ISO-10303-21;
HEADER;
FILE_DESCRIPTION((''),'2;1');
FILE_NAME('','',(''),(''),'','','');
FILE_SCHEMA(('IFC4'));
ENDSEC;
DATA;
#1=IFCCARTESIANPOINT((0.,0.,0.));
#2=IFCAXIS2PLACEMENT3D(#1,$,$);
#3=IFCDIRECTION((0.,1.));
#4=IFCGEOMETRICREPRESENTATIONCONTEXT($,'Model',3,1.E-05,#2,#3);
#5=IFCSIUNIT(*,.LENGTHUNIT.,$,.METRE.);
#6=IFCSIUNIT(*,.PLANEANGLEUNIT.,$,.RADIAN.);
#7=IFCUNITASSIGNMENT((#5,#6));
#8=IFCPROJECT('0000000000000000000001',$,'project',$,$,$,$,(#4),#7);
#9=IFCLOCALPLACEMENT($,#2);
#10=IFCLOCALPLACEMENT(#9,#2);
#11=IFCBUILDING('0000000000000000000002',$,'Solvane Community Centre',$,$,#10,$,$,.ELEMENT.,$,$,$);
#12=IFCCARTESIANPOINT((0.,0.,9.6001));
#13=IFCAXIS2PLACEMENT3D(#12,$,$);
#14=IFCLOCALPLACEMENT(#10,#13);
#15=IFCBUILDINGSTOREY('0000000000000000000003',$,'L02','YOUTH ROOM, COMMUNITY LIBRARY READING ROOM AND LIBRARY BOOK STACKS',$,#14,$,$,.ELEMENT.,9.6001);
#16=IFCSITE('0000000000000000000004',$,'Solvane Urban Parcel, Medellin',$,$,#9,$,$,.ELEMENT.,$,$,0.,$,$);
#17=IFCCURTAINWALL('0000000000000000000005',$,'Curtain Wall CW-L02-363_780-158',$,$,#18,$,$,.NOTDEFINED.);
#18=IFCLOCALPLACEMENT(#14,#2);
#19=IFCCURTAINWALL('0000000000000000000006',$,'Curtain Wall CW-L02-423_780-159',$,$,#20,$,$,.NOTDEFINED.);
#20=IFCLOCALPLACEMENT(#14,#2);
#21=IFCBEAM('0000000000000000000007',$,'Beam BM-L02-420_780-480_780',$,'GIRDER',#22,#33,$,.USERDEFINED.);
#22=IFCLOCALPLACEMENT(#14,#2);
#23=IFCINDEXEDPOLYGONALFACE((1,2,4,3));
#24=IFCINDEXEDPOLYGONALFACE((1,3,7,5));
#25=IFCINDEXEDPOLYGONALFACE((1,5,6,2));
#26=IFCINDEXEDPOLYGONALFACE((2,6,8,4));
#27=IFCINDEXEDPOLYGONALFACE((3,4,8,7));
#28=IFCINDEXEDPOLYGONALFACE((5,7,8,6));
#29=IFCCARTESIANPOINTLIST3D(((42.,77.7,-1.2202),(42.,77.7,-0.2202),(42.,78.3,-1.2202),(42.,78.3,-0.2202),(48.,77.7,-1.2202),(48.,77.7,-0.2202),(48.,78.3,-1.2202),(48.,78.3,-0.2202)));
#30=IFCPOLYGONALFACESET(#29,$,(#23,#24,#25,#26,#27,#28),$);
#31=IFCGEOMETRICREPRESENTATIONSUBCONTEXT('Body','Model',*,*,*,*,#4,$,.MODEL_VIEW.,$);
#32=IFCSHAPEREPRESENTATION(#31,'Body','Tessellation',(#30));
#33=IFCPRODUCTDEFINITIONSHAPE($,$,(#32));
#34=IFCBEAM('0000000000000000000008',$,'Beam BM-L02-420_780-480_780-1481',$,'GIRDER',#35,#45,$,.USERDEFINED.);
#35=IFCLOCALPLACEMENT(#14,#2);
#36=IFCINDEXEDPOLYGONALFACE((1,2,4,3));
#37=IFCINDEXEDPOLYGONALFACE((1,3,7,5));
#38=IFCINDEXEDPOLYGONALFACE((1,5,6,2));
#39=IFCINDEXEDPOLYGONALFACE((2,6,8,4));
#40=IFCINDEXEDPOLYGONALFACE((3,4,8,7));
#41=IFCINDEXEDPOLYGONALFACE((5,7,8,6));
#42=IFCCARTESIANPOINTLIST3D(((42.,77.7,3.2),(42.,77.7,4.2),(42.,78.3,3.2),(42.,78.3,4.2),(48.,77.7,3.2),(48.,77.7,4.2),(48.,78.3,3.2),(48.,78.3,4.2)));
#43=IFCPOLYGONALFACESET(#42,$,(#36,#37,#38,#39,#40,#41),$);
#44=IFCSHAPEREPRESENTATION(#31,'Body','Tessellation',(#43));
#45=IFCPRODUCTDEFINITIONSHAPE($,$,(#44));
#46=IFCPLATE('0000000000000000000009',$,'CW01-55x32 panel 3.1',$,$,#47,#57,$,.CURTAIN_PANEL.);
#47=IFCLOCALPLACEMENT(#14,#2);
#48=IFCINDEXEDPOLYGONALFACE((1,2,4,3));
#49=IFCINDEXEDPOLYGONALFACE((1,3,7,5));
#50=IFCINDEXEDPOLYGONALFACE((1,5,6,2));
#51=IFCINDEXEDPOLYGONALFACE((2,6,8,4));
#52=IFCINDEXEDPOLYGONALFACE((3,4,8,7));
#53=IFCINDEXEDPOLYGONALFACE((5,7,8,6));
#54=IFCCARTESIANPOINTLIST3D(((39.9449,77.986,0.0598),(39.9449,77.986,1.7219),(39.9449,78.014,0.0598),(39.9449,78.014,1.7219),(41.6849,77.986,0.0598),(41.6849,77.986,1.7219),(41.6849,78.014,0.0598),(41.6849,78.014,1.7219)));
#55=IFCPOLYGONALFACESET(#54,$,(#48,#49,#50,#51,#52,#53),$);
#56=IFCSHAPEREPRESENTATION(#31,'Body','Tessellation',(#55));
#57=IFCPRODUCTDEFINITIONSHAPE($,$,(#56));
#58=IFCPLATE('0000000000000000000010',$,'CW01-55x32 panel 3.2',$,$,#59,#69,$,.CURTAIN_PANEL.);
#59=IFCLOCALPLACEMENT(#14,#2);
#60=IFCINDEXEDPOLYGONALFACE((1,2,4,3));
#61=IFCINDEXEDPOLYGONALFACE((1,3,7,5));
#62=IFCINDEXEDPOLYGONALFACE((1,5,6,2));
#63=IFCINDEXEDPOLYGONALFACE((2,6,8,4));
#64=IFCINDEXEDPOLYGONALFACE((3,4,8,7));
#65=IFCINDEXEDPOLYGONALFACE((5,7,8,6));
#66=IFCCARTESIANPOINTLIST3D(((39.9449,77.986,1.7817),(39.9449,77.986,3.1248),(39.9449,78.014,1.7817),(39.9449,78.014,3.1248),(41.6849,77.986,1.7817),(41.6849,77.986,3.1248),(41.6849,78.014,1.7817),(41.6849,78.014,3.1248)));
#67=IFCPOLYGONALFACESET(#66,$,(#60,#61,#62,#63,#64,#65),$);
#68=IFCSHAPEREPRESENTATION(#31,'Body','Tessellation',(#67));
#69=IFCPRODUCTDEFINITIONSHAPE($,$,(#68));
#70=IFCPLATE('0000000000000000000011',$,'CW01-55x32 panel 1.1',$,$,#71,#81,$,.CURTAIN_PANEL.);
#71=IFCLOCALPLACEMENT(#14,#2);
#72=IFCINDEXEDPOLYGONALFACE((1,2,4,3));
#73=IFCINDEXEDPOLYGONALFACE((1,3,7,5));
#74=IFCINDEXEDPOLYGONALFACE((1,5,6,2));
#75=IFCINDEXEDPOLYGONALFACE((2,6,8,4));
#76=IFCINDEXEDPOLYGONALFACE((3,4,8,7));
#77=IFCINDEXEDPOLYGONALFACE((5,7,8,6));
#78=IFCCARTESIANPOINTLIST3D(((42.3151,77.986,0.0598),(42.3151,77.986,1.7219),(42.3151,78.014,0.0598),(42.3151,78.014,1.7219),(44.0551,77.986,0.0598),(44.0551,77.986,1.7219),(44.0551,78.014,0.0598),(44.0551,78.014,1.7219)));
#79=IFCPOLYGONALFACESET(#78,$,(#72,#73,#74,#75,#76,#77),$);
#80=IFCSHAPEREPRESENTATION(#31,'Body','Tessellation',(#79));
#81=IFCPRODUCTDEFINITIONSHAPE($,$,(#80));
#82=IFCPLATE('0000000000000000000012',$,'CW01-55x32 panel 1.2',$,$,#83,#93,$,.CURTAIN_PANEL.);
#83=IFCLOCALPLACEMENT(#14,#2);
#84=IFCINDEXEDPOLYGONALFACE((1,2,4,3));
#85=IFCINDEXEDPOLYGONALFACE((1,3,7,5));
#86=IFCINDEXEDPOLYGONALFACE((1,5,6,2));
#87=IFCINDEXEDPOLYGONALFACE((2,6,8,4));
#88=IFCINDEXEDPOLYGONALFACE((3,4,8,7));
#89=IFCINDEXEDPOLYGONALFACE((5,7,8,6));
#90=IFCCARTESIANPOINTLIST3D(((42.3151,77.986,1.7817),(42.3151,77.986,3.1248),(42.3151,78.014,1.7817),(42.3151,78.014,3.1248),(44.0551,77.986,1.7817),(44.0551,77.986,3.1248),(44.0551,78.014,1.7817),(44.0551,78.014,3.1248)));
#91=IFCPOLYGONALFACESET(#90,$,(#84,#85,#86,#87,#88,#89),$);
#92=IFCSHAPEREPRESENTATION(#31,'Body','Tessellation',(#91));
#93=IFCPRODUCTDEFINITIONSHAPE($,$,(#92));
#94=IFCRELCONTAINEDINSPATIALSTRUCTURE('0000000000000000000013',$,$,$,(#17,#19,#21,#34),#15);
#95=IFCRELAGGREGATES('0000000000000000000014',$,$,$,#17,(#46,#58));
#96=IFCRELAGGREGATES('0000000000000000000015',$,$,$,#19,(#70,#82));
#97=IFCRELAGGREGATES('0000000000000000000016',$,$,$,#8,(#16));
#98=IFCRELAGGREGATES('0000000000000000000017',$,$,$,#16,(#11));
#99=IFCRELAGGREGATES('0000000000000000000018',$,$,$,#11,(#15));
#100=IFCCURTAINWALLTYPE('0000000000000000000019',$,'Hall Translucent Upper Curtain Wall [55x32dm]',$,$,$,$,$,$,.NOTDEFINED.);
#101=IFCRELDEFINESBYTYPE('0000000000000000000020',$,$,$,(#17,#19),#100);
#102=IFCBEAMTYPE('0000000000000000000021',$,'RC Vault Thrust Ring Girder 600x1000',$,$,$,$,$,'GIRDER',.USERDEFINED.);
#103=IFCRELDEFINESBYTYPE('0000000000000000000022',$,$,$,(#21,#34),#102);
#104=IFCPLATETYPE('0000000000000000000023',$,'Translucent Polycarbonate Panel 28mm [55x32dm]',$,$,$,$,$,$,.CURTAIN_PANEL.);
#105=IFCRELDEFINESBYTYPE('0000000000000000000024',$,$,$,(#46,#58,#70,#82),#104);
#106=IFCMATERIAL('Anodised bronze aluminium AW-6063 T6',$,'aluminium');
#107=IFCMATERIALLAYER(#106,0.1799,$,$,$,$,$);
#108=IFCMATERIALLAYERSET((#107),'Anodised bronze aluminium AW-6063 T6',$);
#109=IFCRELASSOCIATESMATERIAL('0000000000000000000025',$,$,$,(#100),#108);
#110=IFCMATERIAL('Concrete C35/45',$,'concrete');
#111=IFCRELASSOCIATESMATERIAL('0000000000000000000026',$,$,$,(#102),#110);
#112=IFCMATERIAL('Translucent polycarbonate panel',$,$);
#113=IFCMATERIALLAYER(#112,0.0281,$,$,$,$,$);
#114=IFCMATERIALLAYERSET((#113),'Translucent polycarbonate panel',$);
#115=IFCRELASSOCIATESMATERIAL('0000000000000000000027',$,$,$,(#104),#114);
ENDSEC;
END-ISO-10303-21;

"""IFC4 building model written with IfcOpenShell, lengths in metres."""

from ifc_helpers import new_model, si_unit, direction, frame, origin, origin_2d, place, context, subcontext, project, spatial, rectangle, extrude, material, layer, layer_set, material_profile, profile_set, type_object, element, aggregate, save


model = new_model("IFC4")

# Units and contexts
model_context = context("Model", 3, precision=1e-05, world=origin(), true_north=direction((0.0, 1.0)))
body_context = subcontext(model_context, "Body", "Model", "MODEL_VIEW")
ifc_project = project(units=[si_unit("LENGTHUNIT", "METRE"), si_unit("PLANEANGLEUNIT", "RADIAN")], contexts=[model_context])

# Site, building, storey
site_placement = place(None, origin())
site = spatial("IfcSite", under=ifc_project, at=site_placement, Name="Solvane Urban Parcel, Medellin", CompositionType="ELEMENT", RefElevation=0.0)
building_placement = place(site_placement, origin())
building = spatial("IfcBuilding", under=site, at=building_placement, Name="Solvane Community Centre", CompositionType="ELEMENT")
storey_placement = place(building_placement, frame((0.0, 0.0, 9.6001)))
storey = spatial("IfcBuildingStorey", under=building, at=storey_placement, Name="L02", Description="YOUTH ROOM, COMMUNITY LIBRARY READING ROOM AND LIBRARY BOOK STACKS", CompositionType="ELEMENT", Elevation=9.6001)

# Curtain walls
ifc_material_1 = material(Name="Anodised bronze aluminium AW-6063 T6", Category="aluminium")
ifc_layer_1 = layer(ifc_material_1, 0.1799)
ifc_layer_set_1 = layer_set([ifc_layer_1], Name="Anodised bronze aluminium AW-6063 T6")
curtain_wall_type = type_object("IfcCurtainWallType", Name="Hall Translucent Upper Curtain Wall [55x32dm]", PredefinedType="NOTDEFINED", material=ifc_layer_set_1)
curtain_wall_1_placement = place(storey_placement, origin())
curtain_wall_1 = element("IfcCurtainWall", 1, at=curtain_wall_1_placement, inside=storey, type_object=curtain_wall_type, Name="Curtain Wall CW-L02-363_780-158", PredefinedType="NOTDEFINED")
curtain_wall_2_placement = place(storey_placement, origin())
curtain_wall_2 = element("IfcCurtainWall", 2, at=curtain_wall_2_placement, inside=storey, type_object=curtain_wall_type, Name="Curtain Wall CW-L02-423_780-159", PredefinedType="NOTDEFINED")

# Beams
ifc_material_2 = material(Name="Concrete C35/45", Category="concrete")
ifc_material_profile_1 = material_profile(ifc_material_2, rectangle(XDim=0.6001, YDim=1.0, at=origin_2d()), Name="RC 600x1000")
ifc_profile_set_1 = profile_set([ifc_material_profile_1], Name="Concrete C35/45")
beam_type = type_object("IfcBeamType", Name="RC Vault Thrust Ring Girder 600x1000", ElementType="GIRDER", PredefinedType="USERDEFINED", material=ifc_profile_set_1)
for number, where, z_axis, x_axis, name in (
    (3, (42.0, 78.0, -0.7202), (1.0, 0.0, 0.0), (0.0, 1.0, 0.0), "Beam BM-L02-420_780-480_780"),
    (4, (42.0, 78.0, 3.7), (1.0, 0.0, 0.0), (0.0, 1.0, 0.0), "Beam BM-L02-420_780-480_780-1481"),
):
    element("IfcBeam", number, at=place(storey_placement, frame(where, z_axis=z_axis, x_axis=x_axis)), inside=storey, type_object=beam_type, Name=name, ObjectType="GIRDER", PredefinedType="USERDEFINED", context=body_context, shape_type="SweptSolid", body=[
        extrude(rectangle(XDim=0.6001, YDim=1.0, at=origin_2d()), origin(), (0.0, 0.0, 1.0), 6.0),
    ])

# Plates
ifc_material_3 = material(Name="Translucent polycarbonate panel")
ifc_layer_2 = layer(ifc_material_3, 0.0281)
ifc_layer_set_2 = layer_set([ifc_layer_2], Name="Translucent polycarbonate panel")
plate_type = type_object("IfcPlateType", Name="Translucent Polycarbonate Panel 28mm [55x32dm]", PredefinedType="CURTAIN_PANEL", material=ifc_layer_set_2)
plate_1_placement = place(storey_placement, frame((40.8149, 78.0, 0.0598), z_axis=(0.0, 0.0, 1.0), x_axis=(1.0, 0.0, 0.0)))
plate_1 = element("IfcPlate", 5, at=plate_1_placement, type_object=plate_type, Name="CW01-55x32 panel 3.1", PredefinedType="CURTAIN_PANEL", context=body_context, shape_type="SweptSolid", body=[
    extrude(rectangle(XDim=1.74, YDim=0.0281, at=origin_2d()), origin(), (0.0, 0.0, 1.0), 1.6621),
])
plate_2_placement = place(storey_placement, frame((40.8149, 78.0, 1.7817), z_axis=(0.0, 0.0, 1.0), x_axis=(1.0, 0.0, 0.0)))
plate_2 = element("IfcPlate", 6, at=plate_2_placement, type_object=plate_type, Name="CW01-55x32 panel 3.2", PredefinedType="CURTAIN_PANEL", context=body_context, shape_type="SweptSolid", body=[
    extrude(rectangle(XDim=1.74, YDim=0.0281, at=origin_2d()), origin(), (0.0, 0.0, 1.0), 1.343),
])
aggregate(curtain_wall_1, [plate_1, plate_2])
plate_3_placement = place(storey_placement, frame((43.1851, 78.0, 0.0598), z_axis=(0.0, 0.0, 1.0), x_axis=(1.0, 0.0, 0.0)))
plate_3 = element("IfcPlate", 7, at=plate_3_placement, type_object=plate_type, Name="CW01-55x32 panel 1.1", PredefinedType="CURTAIN_PANEL", context=body_context, shape_type="SweptSolid", body=[
    extrude(rectangle(XDim=1.74, YDim=0.0281, at=origin_2d()), origin(), (0.0, 0.0, 1.0), 1.6621),
])
plate_4_placement = place(storey_placement, frame((43.1851, 78.0, 1.7817), z_axis=(0.0, 0.0, 1.0), x_axis=(1.0, 0.0, 0.0)))
plate_4 = element("IfcPlate", 8, at=plate_4_placement, type_object=plate_type, Name="CW01-55x32 panel 1.2", PredefinedType="CURTAIN_PANEL", context=body_context, shape_type="SweptSolid", body=[
    extrude(rectangle(XDim=1.74, YDim=0.0281, at=origin_2d()), origin(), (0.0, 0.0, 1.0), 1.343),
])
aggregate(curtain_wall_2, [plate_3, plate_4])

save(model, "model.ifc")
